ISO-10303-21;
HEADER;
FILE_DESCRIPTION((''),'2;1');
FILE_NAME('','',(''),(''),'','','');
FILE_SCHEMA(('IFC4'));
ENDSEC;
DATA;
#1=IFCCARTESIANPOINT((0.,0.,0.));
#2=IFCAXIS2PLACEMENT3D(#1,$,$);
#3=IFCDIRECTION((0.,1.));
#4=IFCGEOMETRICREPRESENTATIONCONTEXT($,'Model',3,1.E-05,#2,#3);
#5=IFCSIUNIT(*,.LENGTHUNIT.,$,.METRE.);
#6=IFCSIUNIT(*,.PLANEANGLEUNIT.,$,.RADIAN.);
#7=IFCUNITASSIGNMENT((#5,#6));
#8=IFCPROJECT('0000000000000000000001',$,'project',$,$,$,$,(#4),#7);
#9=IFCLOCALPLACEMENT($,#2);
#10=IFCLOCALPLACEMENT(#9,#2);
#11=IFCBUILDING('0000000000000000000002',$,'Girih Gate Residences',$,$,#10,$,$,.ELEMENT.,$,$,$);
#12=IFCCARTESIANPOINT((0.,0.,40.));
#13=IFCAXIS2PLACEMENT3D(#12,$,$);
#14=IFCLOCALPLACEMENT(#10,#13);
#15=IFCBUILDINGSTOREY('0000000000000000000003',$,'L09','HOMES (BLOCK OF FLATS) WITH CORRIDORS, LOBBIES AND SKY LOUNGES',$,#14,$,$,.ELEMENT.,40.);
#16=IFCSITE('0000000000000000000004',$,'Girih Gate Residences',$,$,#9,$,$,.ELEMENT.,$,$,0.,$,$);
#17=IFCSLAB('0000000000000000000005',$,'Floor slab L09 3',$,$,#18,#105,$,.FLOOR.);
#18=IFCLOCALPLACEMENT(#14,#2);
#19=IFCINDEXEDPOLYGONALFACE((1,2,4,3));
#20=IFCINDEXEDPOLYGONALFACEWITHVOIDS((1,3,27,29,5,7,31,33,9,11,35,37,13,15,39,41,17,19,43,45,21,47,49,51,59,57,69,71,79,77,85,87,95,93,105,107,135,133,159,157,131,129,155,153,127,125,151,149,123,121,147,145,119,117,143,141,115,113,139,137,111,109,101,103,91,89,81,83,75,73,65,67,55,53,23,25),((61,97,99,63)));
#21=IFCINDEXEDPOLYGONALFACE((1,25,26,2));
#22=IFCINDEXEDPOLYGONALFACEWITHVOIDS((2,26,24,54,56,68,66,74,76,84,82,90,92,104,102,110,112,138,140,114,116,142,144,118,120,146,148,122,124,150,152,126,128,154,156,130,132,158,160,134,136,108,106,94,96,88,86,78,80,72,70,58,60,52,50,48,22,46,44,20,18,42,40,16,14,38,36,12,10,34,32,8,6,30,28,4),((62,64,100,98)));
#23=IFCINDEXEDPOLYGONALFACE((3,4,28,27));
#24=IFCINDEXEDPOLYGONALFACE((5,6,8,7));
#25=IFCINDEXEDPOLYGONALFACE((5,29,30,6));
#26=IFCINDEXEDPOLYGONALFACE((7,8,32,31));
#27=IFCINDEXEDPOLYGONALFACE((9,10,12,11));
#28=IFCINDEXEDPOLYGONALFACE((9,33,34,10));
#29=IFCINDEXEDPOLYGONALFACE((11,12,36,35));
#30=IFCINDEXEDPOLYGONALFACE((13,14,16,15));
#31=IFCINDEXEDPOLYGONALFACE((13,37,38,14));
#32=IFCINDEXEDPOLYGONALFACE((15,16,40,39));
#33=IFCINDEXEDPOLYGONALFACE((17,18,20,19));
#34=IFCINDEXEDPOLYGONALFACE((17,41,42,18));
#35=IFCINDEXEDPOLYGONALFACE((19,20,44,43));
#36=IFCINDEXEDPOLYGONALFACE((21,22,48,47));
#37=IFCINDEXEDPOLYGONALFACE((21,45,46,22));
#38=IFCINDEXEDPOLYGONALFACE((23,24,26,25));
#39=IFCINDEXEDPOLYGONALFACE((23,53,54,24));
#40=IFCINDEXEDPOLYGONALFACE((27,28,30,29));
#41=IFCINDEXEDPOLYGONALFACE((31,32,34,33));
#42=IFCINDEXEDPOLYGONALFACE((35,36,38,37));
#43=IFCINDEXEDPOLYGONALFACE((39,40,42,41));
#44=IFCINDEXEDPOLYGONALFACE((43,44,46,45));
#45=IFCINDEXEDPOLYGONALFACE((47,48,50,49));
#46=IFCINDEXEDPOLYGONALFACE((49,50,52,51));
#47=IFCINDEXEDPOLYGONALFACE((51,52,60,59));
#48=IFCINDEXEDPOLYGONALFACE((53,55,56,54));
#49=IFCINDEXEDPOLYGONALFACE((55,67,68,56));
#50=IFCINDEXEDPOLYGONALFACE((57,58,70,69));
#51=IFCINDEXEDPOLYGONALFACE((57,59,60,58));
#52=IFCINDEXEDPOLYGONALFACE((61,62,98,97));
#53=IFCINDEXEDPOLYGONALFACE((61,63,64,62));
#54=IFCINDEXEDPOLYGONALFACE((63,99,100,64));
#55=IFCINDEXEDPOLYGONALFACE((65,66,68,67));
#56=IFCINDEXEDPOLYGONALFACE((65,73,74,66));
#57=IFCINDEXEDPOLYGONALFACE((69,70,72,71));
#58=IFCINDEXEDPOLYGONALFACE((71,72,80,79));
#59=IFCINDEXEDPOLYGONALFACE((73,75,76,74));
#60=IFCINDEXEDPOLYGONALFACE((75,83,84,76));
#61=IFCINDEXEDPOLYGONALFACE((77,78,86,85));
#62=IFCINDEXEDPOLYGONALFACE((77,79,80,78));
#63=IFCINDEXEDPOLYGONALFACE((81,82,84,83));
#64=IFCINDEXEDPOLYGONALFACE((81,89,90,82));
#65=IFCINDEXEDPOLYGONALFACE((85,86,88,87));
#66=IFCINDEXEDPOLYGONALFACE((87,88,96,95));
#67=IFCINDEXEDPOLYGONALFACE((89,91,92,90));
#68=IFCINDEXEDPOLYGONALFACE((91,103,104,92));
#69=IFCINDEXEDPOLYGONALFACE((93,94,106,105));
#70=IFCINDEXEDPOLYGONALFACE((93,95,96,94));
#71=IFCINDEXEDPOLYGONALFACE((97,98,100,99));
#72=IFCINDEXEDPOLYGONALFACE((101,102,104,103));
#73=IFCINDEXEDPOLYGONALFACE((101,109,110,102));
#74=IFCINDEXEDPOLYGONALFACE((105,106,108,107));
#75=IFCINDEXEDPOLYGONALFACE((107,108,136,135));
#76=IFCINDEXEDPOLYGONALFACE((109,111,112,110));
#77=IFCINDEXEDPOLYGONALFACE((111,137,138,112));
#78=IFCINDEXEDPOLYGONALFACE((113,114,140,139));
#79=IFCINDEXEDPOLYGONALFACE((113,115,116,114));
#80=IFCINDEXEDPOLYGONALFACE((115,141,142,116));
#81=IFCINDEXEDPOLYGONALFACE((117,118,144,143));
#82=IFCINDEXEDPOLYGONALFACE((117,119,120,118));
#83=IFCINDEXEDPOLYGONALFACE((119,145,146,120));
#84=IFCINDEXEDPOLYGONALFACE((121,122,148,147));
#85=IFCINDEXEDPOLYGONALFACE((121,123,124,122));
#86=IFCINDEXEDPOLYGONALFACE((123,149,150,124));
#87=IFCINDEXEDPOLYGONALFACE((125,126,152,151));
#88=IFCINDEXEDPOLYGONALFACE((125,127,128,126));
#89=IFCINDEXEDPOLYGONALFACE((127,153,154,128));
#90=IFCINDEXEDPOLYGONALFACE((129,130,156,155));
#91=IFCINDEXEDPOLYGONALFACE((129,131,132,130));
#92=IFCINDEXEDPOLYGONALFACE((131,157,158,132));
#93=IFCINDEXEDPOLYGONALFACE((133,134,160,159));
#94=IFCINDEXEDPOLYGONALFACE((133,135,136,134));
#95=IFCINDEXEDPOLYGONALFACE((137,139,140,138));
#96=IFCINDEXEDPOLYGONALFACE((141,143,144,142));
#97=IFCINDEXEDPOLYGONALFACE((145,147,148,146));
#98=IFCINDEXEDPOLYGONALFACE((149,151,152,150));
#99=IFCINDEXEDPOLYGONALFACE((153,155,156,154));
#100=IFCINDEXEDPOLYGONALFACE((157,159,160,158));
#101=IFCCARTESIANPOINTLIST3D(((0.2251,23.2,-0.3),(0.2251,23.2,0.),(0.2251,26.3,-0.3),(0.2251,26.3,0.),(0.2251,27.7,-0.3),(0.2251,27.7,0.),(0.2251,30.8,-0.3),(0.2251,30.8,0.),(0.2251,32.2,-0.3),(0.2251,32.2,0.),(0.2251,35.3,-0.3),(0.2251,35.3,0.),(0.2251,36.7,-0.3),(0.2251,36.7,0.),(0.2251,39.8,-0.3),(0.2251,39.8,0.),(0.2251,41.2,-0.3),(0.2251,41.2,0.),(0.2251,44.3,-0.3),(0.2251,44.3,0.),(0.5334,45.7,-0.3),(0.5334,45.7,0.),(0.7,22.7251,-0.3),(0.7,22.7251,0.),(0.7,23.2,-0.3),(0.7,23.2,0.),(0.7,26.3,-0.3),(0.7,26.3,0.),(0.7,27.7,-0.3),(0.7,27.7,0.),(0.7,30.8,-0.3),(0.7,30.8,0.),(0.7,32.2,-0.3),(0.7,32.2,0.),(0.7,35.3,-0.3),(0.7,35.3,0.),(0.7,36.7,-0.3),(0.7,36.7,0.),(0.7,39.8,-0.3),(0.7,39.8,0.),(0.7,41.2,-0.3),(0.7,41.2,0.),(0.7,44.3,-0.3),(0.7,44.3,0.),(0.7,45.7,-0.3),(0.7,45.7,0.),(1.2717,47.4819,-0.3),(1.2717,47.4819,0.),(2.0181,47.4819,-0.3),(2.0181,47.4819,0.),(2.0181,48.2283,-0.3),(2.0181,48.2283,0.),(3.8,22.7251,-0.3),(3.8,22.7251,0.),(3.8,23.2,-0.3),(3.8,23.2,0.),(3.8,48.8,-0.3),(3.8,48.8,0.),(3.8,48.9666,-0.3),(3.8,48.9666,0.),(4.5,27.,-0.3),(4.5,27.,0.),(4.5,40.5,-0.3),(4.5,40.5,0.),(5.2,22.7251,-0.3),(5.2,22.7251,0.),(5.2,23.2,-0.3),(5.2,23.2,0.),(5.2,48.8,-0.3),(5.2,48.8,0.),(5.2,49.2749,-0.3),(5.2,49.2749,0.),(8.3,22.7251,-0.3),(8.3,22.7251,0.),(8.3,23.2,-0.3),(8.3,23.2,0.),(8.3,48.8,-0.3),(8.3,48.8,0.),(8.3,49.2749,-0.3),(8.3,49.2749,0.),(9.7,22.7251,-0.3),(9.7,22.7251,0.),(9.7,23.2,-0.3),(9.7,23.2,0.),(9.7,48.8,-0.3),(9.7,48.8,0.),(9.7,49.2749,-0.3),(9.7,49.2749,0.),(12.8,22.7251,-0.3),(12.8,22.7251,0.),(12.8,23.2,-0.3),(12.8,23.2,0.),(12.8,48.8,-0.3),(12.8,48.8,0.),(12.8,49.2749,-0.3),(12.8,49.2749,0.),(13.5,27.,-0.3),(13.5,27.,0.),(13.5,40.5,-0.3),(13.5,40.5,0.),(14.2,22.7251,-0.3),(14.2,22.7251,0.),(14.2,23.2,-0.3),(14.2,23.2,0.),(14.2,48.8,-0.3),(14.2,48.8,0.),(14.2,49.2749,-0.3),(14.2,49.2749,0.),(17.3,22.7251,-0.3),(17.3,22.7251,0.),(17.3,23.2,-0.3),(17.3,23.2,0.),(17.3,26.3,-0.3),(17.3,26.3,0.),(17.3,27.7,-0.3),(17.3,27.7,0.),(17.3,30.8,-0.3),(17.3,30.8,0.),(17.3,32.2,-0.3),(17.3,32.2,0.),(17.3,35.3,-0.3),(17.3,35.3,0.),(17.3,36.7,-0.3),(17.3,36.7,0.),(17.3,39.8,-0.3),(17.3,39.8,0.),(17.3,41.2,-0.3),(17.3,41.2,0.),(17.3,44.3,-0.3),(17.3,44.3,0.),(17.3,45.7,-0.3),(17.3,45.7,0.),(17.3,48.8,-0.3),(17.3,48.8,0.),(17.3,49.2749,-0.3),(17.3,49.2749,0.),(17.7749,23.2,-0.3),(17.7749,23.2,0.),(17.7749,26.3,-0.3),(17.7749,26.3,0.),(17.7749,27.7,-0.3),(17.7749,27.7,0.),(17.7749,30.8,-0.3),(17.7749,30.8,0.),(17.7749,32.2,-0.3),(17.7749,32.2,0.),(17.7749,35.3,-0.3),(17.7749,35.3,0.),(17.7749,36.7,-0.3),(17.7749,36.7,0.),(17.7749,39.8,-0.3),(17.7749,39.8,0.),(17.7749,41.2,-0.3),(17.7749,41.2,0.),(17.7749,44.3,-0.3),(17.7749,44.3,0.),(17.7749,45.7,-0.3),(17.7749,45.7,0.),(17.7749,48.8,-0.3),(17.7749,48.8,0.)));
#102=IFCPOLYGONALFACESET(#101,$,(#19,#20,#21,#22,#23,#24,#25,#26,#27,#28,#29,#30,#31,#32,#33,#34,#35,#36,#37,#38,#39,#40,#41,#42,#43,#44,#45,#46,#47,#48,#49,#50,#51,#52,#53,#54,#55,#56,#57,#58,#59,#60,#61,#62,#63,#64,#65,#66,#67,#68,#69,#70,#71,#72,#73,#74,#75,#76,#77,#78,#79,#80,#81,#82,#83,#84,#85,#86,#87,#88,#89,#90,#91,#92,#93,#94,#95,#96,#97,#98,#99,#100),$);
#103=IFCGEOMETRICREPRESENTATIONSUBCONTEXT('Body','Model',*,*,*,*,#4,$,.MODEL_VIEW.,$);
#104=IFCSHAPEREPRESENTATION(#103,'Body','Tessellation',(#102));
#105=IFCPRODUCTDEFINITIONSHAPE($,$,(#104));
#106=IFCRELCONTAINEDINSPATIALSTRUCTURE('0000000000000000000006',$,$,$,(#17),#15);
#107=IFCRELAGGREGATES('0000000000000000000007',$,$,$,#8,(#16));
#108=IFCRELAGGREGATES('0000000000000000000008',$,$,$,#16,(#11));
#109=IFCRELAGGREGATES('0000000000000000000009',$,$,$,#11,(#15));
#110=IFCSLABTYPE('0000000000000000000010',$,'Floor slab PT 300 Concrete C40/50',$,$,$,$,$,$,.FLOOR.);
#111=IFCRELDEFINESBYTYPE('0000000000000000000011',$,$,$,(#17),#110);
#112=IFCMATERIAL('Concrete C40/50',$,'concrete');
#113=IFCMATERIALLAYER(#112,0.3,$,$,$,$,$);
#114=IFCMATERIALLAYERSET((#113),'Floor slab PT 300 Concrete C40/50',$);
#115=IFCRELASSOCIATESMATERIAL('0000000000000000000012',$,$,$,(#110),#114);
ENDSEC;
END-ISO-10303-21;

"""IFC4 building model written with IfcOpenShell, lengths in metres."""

from ifc_helpers import new_model, si_unit, direction, frame, origin, place, context, subcontext, project, spatial, polyline, outline, extrude, material, layer, layer_set, type_object, element, save


model = new_model("IFC4")

# Units and contexts
model_context = context("Model", 3, precision=1e-05, world=origin(), true_north=direction((0.0, 1.0)))
body_context = subcontext(model_context, "Body", "Model", "MODEL_VIEW")
ifc_project = project(units=[si_unit("LENGTHUNIT", "METRE"), si_unit("PLANEANGLEUNIT", "RADIAN")], contexts=[model_context])

# Site, building, storey
site_placement = place(None, origin())
site = spatial("IfcSite", under=ifc_project, at=site_placement, Name="Girih Gate Residences", CompositionType="ELEMENT", RefElevation=0.0)
building_placement = place(site_placement, origin())
building = spatial("IfcBuilding", under=site, at=building_placement, Name="Girih Gate Residences", CompositionType="ELEMENT")
storey_placement = place(building_placement, frame((0.0, 0.0, 40.0)))
storey = spatial("IfcBuildingStorey", under=building, at=storey_placement, Name="L09", Description="HOMES (BLOCK OF FLATS) WITH CORRIDORS, LOBBIES AND SKY LOUNGES", CompositionType="ELEMENT", Elevation=40.0)

# Slab
ifc_material_1 = material(Name="Concrete C40/50", Category="concrete")
ifc_layer_1 = layer(ifc_material_1, 0.3)
ifc_layer_set_1 = layer_set([ifc_layer_1], Name="Floor slab PT 300 Concrete C40/50")
slab_type_1 = type_object("IfcSlabType", Name="Floor slab PT 300 Concrete C40/50", PredefinedType="FLOOR", material=ifc_layer_set_1)
slab_1_placement = place(storey_placement, frame((0.0, 0.0, -0.3)))
element("IfcSlab", 1, at=slab_1_placement, inside=storey, type_object=slab_type_1, Name="Floor slab L09 3", PredefinedType="FLOOR", context=body_context, shape_type="SweptSolid", body=[
    extrude(outline(polyline([(0.2251, 26.3), (0.2251, 23.2), (0.7, 23.2), (0.7, 22.7251), (3.8, 22.7251), (3.8, 23.2), (5.2, 23.2), (5.2, 22.7251), (8.3, 22.7251), (8.3, 23.2), (9.7, 23.2), (9.7, 22.7251), (12.8, 22.7251), (12.8, 23.2), (14.2, 23.2), (14.2, 22.7251), (17.3, 22.7251), (17.3, 23.2), (17.7749, 23.2), (17.7749, 26.3), (17.3, 26.3), (17.3, 27.7), (17.7749, 27.7), (17.7749, 30.8), (17.3, 30.8), (17.3, 32.2), (17.7749, 32.2), (17.7749, 35.3), (17.3, 35.3), (17.3, 36.7), (17.7749, 36.7), (17.7749, 39.8), (17.3, 39.8), (17.3, 41.2), (17.7749, 41.2), (17.7749, 44.3), (17.3, 44.3), (17.3, 45.7), (17.7749, 45.7), (17.7749, 48.8), (17.3, 48.8), (17.3, 49.2749), (14.2, 49.2749), (14.2, 48.8), (12.8, 48.8), (12.8, 49.2749), (9.7, 49.2749), (9.7, 48.8), (8.3, 48.8), (8.3, 49.2749), (5.2, 49.2749), (5.2, 48.8), (3.8, 48.8), (3.8, 48.9666), (2.0181, 48.2283), (2.0181, 47.4819), (1.2717, 47.4819), (0.5334, 45.7), (0.7, 45.7), (0.7, 44.3), (0.2251, 44.3), (0.2251, 41.2), (0.7, 41.2), (0.7, 39.8), (0.2251, 39.8), (0.2251, 36.7), (0.7, 36.7), (0.7, 35.3), (0.2251, 35.3), (0.2251, 32.2), (0.7, 32.2), (0.7, 30.8), (0.2251, 30.8), (0.2251, 27.7), (0.7, 27.7), (0.7, 26.3), (0.2251, 26.3)]), holes=[polyline([(13.5, 40.5), (13.5, 27.0), (4.5, 27.0), (4.5, 40.5), (13.5, 40.5)])]), origin(), (0.0, 0.0, 1.0), 0.3),
])

save(model, "model.ifc")
